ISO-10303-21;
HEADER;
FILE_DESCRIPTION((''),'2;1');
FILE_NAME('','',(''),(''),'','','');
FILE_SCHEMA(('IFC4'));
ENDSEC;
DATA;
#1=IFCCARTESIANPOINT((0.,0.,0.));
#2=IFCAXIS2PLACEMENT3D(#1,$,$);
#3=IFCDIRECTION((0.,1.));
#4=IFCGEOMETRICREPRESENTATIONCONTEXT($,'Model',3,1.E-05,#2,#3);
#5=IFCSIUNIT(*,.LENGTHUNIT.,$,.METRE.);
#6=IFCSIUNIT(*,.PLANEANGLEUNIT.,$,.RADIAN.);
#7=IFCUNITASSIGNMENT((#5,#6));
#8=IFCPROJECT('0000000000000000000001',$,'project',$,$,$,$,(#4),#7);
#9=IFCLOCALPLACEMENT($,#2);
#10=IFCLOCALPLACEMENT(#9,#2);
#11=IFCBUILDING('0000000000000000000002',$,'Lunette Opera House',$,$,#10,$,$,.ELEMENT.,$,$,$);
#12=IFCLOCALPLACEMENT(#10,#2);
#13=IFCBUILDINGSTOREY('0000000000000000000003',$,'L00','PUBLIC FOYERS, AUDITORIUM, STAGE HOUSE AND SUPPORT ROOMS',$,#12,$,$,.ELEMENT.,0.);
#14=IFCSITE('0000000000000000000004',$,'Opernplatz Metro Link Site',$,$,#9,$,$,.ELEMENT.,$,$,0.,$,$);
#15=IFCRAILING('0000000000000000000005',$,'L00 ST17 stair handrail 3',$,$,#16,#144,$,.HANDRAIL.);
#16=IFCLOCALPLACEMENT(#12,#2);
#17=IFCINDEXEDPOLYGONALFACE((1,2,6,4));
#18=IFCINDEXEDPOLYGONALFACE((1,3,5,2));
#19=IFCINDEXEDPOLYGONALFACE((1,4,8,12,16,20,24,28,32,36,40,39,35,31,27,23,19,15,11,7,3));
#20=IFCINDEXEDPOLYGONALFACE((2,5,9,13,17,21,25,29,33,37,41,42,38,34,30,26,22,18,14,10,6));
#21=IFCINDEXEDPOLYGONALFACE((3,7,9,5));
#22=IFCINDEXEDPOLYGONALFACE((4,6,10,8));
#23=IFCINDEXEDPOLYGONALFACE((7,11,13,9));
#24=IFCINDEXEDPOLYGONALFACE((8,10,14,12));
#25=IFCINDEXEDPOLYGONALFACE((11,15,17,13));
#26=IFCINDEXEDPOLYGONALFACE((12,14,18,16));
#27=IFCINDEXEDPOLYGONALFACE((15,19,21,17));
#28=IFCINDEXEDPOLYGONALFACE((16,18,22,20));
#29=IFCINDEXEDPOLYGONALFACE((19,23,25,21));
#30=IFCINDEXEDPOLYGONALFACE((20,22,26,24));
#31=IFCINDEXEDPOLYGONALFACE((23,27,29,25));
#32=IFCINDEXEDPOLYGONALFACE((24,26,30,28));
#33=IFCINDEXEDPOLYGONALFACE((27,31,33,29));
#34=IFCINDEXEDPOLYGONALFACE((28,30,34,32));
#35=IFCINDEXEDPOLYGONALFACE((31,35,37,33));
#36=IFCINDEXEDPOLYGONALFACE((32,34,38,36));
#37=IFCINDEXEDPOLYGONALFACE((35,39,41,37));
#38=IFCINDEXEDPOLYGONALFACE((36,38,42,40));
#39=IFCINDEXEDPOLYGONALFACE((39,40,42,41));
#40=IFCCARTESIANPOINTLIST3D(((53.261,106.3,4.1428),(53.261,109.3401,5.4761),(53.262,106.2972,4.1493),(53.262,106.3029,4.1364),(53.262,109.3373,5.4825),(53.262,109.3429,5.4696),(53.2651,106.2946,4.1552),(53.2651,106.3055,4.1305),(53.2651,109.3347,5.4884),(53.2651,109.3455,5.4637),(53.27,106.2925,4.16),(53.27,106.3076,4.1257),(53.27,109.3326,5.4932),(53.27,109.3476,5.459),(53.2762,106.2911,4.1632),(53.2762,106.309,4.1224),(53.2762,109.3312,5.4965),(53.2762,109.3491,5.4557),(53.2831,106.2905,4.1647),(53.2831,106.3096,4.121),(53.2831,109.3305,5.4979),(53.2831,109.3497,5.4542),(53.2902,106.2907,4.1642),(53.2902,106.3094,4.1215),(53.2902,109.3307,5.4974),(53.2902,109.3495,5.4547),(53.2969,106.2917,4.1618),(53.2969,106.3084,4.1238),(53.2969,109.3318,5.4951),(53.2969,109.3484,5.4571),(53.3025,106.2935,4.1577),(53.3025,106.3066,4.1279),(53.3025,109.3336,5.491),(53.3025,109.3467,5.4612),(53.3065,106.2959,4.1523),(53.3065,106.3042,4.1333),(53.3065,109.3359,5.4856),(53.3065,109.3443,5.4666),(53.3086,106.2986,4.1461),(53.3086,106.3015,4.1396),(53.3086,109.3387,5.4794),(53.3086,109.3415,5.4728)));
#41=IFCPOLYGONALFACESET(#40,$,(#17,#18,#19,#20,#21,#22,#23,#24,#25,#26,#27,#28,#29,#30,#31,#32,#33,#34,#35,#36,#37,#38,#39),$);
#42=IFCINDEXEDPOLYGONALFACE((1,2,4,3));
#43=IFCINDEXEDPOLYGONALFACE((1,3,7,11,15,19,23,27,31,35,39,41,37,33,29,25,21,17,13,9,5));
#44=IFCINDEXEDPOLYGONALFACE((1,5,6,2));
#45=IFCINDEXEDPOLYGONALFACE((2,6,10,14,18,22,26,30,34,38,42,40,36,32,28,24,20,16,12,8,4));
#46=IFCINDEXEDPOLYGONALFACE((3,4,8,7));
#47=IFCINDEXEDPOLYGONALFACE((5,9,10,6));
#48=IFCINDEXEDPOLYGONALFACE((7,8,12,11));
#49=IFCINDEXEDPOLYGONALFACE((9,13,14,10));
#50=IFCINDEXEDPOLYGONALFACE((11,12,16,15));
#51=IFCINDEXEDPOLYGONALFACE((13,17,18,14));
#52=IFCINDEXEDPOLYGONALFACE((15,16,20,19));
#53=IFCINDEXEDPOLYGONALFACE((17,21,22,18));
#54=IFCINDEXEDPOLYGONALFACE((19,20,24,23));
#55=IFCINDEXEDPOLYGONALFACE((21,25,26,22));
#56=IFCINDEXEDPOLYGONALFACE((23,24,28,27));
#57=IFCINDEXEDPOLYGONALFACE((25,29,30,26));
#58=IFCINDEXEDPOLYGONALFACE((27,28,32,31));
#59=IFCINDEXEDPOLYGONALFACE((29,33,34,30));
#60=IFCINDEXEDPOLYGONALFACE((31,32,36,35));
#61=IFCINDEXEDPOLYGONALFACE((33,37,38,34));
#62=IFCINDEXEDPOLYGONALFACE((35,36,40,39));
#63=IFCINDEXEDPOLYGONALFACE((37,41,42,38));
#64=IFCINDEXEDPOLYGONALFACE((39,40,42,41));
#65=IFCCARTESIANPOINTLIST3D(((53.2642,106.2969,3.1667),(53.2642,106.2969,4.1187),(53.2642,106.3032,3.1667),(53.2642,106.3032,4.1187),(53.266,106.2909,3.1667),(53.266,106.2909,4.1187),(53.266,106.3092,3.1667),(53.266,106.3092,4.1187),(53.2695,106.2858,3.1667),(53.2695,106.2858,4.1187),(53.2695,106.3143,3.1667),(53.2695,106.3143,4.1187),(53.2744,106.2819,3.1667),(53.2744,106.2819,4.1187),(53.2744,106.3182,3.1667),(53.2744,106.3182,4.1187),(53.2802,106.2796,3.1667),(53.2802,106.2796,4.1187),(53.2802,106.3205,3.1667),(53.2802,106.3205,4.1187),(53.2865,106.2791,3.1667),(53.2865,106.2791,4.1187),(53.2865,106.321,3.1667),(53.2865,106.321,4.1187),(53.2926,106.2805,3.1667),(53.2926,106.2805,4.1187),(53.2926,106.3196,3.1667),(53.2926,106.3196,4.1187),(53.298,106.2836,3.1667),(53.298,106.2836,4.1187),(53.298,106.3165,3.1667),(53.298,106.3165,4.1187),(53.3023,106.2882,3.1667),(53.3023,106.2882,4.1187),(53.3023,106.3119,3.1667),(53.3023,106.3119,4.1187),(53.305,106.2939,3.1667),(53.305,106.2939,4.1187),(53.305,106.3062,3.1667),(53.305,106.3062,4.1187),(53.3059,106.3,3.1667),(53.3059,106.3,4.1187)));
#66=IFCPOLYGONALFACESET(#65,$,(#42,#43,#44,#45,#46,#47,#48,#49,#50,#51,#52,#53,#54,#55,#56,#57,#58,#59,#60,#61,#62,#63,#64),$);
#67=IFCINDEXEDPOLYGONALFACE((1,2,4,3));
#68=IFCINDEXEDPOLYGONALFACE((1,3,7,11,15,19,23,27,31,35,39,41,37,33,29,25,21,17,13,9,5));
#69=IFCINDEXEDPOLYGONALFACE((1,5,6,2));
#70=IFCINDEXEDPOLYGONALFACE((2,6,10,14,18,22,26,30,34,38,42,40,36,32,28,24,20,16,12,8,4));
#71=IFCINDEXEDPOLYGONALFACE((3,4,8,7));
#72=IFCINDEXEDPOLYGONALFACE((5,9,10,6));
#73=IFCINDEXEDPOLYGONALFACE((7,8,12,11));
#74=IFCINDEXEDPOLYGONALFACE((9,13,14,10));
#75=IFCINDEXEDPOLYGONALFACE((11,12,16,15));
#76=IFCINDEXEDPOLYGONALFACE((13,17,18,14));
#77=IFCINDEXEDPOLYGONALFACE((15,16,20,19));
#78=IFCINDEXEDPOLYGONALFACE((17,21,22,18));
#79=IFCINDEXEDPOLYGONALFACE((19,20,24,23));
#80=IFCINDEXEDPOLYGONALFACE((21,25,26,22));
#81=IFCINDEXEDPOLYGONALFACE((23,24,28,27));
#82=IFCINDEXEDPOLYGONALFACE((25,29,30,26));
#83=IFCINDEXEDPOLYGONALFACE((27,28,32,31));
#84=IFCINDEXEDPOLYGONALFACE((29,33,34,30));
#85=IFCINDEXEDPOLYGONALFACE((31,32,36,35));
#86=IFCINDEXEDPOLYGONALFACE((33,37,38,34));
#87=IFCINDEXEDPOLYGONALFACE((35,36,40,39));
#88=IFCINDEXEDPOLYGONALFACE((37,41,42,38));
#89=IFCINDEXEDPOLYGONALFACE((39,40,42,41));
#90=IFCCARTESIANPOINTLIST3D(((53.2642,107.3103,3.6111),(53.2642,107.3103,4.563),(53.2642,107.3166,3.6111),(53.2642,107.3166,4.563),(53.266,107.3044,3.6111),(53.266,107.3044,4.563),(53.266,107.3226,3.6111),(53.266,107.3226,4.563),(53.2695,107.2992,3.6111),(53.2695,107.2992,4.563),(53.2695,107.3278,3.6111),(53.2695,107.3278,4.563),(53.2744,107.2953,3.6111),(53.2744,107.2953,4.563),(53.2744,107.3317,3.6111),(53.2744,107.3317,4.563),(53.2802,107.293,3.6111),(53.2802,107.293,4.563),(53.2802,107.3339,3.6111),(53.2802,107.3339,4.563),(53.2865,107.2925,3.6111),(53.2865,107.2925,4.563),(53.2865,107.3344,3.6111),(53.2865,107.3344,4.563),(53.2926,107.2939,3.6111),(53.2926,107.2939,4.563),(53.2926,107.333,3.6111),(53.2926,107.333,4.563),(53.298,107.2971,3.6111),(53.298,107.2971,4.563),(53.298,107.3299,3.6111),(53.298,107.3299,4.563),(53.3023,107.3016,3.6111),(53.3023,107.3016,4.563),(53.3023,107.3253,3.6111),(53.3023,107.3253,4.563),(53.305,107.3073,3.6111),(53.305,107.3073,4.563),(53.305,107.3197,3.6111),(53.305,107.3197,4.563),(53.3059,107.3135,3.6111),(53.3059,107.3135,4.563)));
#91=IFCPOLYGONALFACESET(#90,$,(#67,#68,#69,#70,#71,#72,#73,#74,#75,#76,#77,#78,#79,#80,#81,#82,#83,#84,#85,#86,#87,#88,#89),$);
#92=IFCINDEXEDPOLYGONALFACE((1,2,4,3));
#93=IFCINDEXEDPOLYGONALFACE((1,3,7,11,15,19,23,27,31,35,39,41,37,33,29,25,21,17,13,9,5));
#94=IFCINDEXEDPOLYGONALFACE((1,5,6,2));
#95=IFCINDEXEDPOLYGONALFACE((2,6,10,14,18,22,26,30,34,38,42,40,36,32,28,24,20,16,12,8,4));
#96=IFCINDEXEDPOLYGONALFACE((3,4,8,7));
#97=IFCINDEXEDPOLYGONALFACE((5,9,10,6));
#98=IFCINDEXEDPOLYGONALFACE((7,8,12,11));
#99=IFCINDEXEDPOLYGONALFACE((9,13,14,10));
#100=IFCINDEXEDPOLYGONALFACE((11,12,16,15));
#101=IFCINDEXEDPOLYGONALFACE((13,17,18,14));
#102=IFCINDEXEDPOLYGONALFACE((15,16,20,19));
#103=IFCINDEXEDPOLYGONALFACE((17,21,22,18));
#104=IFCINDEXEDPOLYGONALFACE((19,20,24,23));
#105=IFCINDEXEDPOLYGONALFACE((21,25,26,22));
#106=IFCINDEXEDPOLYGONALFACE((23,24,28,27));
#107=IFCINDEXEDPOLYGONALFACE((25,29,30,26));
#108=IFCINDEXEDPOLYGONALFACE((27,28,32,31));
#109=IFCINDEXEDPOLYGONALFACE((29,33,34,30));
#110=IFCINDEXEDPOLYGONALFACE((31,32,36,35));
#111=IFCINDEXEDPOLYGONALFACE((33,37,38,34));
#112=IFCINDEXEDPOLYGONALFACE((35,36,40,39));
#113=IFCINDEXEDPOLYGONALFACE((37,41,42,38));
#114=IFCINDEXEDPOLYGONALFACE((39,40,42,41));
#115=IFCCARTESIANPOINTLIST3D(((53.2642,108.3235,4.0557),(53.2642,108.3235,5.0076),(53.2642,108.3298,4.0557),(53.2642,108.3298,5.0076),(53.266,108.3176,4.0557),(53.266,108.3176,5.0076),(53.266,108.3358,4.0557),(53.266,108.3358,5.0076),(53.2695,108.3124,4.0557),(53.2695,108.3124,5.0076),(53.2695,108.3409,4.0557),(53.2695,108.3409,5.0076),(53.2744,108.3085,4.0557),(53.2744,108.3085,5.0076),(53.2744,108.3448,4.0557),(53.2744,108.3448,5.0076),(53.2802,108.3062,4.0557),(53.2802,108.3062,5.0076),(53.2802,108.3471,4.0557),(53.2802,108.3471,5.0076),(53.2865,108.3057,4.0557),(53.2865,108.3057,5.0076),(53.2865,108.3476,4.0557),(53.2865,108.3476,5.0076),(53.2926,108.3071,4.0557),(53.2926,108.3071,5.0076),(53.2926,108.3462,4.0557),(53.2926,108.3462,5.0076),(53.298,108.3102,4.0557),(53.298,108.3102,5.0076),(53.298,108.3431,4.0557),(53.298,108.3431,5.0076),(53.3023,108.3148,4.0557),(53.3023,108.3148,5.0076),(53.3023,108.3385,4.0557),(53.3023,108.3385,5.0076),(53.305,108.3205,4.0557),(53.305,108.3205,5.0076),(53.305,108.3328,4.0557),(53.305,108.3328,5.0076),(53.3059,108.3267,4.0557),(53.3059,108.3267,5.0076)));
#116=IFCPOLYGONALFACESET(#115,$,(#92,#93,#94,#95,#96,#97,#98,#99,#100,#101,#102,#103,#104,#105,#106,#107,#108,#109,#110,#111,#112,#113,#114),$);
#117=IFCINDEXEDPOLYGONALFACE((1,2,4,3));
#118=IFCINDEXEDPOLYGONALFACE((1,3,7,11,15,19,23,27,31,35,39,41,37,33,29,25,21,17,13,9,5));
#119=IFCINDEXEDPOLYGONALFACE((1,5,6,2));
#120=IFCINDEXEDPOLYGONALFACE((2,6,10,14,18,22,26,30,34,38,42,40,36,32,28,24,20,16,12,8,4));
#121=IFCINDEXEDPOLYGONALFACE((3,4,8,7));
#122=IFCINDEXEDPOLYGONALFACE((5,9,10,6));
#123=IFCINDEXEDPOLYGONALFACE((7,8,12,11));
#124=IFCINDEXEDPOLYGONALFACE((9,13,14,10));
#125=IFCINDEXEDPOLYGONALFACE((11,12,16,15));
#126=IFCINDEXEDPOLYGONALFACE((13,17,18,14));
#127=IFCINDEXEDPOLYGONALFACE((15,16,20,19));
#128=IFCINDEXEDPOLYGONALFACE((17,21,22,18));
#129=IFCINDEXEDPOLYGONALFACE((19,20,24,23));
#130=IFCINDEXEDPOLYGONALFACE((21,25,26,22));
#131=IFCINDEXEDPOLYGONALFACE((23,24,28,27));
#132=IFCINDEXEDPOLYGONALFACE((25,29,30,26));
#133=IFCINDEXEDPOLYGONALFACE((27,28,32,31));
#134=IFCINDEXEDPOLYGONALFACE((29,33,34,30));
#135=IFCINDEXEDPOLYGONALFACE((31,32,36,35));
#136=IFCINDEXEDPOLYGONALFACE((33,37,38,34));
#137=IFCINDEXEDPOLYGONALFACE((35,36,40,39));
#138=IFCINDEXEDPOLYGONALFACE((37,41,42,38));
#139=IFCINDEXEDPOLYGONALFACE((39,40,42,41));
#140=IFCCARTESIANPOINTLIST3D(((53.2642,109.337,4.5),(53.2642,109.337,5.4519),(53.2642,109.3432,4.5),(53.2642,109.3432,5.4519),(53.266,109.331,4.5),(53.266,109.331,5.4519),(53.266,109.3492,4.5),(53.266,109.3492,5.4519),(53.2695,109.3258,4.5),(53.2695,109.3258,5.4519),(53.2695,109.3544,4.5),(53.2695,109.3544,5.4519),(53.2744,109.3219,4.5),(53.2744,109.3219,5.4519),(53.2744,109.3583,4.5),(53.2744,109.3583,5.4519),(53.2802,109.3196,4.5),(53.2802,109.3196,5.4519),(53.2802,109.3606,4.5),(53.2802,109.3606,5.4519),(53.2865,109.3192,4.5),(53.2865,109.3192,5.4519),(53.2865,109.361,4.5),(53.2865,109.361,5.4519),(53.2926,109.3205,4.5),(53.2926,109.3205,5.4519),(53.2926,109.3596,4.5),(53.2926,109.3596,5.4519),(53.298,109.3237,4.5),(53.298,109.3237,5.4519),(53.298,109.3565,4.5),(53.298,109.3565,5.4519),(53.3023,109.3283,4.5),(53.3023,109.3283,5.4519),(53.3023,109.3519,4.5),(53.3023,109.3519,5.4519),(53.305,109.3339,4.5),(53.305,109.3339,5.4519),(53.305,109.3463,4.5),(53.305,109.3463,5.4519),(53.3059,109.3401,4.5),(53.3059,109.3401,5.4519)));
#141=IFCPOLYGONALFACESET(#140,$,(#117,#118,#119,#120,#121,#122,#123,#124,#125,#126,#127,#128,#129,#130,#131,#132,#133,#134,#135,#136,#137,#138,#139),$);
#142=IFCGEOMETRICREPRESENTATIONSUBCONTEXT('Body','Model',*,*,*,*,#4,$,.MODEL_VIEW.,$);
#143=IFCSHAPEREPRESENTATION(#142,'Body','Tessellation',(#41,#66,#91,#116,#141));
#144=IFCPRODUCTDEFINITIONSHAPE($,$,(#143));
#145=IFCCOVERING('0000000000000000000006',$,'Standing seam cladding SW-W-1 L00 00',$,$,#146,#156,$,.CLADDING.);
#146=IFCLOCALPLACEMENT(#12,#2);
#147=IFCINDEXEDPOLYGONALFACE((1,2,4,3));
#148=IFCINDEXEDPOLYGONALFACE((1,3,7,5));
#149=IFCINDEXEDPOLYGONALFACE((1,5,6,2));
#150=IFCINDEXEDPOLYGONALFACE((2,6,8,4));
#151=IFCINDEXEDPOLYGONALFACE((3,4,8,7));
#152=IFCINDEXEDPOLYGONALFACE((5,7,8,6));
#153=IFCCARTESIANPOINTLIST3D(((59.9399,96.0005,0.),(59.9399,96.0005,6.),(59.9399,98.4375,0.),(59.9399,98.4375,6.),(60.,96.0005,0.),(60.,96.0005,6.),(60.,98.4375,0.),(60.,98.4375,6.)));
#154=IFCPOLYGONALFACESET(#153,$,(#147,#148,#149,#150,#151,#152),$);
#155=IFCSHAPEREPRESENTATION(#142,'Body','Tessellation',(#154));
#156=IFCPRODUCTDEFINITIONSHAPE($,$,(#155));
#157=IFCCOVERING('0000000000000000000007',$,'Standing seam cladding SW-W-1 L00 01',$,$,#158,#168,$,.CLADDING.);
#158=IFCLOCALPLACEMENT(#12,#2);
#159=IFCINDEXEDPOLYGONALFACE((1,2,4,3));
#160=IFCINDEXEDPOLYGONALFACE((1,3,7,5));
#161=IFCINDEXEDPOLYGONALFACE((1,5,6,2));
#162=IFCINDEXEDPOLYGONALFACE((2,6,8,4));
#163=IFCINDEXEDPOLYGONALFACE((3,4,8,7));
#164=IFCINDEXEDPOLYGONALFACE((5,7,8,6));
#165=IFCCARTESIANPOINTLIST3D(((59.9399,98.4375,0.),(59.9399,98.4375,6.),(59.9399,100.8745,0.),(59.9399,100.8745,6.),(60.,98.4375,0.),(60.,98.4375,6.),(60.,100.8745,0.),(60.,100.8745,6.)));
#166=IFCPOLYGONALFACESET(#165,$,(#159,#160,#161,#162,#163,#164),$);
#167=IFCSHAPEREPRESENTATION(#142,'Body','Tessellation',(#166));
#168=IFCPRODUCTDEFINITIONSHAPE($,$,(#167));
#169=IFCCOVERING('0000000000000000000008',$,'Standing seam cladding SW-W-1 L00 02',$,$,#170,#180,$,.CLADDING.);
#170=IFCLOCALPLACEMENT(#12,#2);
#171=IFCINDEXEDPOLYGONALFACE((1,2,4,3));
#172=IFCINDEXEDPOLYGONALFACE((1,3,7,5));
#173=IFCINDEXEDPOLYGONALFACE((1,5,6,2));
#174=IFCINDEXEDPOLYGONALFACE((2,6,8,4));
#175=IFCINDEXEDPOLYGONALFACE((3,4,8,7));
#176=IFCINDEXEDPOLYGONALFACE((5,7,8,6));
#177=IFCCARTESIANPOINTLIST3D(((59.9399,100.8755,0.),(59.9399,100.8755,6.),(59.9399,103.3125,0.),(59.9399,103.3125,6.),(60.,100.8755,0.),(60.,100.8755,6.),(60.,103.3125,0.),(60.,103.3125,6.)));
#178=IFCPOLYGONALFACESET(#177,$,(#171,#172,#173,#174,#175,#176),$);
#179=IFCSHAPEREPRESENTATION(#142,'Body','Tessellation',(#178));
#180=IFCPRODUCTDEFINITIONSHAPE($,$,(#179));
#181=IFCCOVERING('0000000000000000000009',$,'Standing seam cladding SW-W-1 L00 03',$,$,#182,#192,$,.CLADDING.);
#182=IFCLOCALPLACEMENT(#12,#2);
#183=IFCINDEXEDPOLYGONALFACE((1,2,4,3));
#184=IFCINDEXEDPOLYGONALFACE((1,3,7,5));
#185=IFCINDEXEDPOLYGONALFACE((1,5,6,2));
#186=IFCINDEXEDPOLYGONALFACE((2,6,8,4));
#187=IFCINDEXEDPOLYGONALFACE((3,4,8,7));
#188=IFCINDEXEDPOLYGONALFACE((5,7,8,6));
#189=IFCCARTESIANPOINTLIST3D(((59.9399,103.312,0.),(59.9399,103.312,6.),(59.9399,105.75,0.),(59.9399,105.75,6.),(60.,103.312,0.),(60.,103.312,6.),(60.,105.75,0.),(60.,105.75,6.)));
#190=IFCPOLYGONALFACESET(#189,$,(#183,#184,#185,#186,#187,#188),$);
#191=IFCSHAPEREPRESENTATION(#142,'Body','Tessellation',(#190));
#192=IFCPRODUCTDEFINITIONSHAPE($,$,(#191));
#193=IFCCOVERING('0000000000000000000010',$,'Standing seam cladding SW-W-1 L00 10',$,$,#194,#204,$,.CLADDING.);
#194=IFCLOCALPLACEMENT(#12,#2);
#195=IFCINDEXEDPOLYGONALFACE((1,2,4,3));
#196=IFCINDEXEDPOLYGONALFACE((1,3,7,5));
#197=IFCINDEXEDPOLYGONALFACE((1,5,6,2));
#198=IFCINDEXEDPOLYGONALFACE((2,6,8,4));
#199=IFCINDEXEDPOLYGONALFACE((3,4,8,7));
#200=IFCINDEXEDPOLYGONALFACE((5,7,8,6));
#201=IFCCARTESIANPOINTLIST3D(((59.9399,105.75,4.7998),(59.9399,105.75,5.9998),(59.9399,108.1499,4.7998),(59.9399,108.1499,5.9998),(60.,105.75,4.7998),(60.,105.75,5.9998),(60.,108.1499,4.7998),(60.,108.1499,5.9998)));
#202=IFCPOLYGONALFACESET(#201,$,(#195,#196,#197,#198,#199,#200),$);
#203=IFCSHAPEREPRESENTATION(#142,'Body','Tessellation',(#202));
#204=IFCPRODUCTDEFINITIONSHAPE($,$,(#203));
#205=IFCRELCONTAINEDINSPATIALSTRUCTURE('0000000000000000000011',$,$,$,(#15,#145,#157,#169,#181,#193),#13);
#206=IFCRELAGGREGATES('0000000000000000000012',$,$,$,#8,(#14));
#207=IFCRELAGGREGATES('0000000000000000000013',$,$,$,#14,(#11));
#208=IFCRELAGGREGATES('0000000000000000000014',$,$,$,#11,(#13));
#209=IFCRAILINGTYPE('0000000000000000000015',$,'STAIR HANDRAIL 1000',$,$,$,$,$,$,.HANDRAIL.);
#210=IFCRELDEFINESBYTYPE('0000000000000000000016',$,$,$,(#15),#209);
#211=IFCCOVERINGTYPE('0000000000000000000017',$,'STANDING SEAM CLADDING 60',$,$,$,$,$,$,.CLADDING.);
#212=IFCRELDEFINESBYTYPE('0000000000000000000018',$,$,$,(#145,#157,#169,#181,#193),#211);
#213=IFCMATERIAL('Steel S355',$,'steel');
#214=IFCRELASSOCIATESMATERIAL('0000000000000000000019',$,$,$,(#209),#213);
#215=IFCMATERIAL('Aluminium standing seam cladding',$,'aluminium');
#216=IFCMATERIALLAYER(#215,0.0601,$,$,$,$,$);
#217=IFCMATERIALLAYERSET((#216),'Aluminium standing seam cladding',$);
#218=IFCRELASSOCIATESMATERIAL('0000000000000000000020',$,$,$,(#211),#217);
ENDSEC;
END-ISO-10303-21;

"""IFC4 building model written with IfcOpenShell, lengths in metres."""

from ifc_helpers import new_model, si_unit, direction, frame, origin, origin_2d, place, context, subcontext, project, spatial, rectangle, circle, extrude, material, layer, layer_set, type_object, element, save


model = new_model("IFC4")

# Units and contexts
model_context = context("Model", 3, precision=1e-05, world=origin(), true_north=direction((0.0, 1.0)))
body_context = subcontext(model_context, "Body", "Model", "MODEL_VIEW")
ifc_project = project(units=[si_unit("LENGTHUNIT", "METRE"), si_unit("PLANEANGLEUNIT", "RADIAN")], contexts=[model_context])

# Site, building, storey
site_placement = place(None, origin())
site = spatial("IfcSite", under=ifc_project, at=site_placement, Name="Opernplatz Metro Link Site", CompositionType="ELEMENT", RefElevation=0.0)
building_placement = place(site_placement, origin())
building = spatial("IfcBuilding", under=site, at=building_placement, Name="Lunette Opera House", CompositionType="ELEMENT")
storey_placement = place(building_placement, origin())
storey = spatial("IfcBuildingStorey", under=building, at=storey_placement, Name="L00", Description="PUBLIC FOYERS, AUDITORIUM, STAGE HOUSE AND SUPPORT ROOMS", CompositionType="ELEMENT", Elevation=0.0)

# Railing
ifc_material_1 = material(Name="Steel S355", Category="steel")
railing_type_1 = type_object("IfcRailingType", Name="STAIR HANDRAIL 1000", PredefinedType="HANDRAIL", material=ifc_material_1)
for number, where, name in (
    (1, (53.2849, 106.3, 3.1667), "L00 ST17 stair handrail 3"),
):
    element("IfcRailing", number, at=place(storey_placement, frame(where)), inside=storey, type_object=railing_type_1, Name=name, PredefinedType="HANDRAIL", context=body_context, shape_type="SweptSolid", body=[
        extrude(circle(Radius=0.0239, at=origin_2d()), frame((0.0, 0.0, 0.9761), z_axis=(0.0, 0.915799, 0.401637), x_axis=(-1.0, 0.0, 0.0)), (0.0, 0.0, 1.0), 3.3196),
        extrude(circle(Radius=0.021, at=origin_2d()), origin(), (0.0, 0.0, 1.0), 0.9519),
        extrude(circle(Radius=0.021, at=origin_2d()), frame((0.0, 1.0134, 0.4443)), (0.0, 0.0, 1.0), 0.9519),
        extrude(circle(Radius=0.021, at=origin_2d()), frame((0.0, 2.0266, 0.8889)), (0.0, 0.0, 1.0), 0.9519),
        extrude(circle(Radius=0.021, at=origin_2d()), frame((0.0, 3.04, 1.3333)), (0.0, 0.0, 1.0), 0.9519),
    ])

# Coverings
ifc_material_2 = material(Name="Aluminium standing seam cladding", Category="aluminium")
ifc_layer_1 = layer(ifc_material_2, 0.0601)
ifc_layer_set_1 = layer_set([ifc_layer_1], Name="Aluminium standing seam cladding")
covering_type = type_object("IfcCoveringType", Name="STANDING SEAM CLADDING 60", PredefinedType="CLADDING", material=ifc_layer_set_1)
for number, where, z_axis, x_axis, name in (
    (2, (59.97, 97.219, 0.0), (0.0, 0.0, 1.0), (0.0, 1.0, 0.0), "Standing seam cladding SW-W-1 L00 00"),
    (3, (59.97, 99.656, 0.0), (0.0, 0.0, 1.0), (0.0, 1.0, 0.0), "Standing seam cladding SW-W-1 L00 01"),
    (4, (59.97, 102.094, 0.0), (0.0, 0.0, 1.0), (0.0, 1.0, 0.0), "Standing seam cladding SW-W-1 L00 02"),
):
    element("IfcCovering", number, at=place(storey_placement, frame(where, z_axis=z_axis, x_axis=x_axis)), inside=storey, type_object=covering_type, Name=name, PredefinedType="CLADDING", context=body_context, shape_type="SweptSolid", body=[
        extrude(rectangle(XDim=2.437, YDim=0.0601, at=origin_2d()), origin(), (0.0, 0.0, 1.0), 6.0),
    ])
covering_1_placement = place(storey_placement, frame((59.97, 104.531, 0.0), z_axis=(0.0, 0.0, 1.0), x_axis=(0.0, 1.0, 0.0)))
element("IfcCovering", 5, at=covering_1_placement, inside=storey, type_object=covering_type, Name="Standing seam cladding SW-W-1 L00 03", PredefinedType="CLADDING", context=body_context, shape_type="SweptSolid", body=[
    extrude(rectangle(XDim=2.438, YDim=0.0601, at=origin_2d()), origin(), (0.0, 0.0, 1.0), 6.0),
])
covering_2_placement = place(storey_placement, frame((59.97, 106.95, 4.7998), z_axis=(0.0, 0.0, 1.0), x_axis=(0.0, 1.0, 0.0)))
element("IfcCovering", 6, at=covering_2_placement, inside=storey, type_object=covering_type, Name="Standing seam cladding SW-W-1 L00 10", PredefinedType="CLADDING", context=body_context, shape_type="SweptSolid", body=[
    extrude(rectangle(XDim=2.3999, YDim=0.0601, at=origin_2d()), origin(), (0.0, 0.0, 1.0), 1.2),
])

save(model, "model.ifc")
